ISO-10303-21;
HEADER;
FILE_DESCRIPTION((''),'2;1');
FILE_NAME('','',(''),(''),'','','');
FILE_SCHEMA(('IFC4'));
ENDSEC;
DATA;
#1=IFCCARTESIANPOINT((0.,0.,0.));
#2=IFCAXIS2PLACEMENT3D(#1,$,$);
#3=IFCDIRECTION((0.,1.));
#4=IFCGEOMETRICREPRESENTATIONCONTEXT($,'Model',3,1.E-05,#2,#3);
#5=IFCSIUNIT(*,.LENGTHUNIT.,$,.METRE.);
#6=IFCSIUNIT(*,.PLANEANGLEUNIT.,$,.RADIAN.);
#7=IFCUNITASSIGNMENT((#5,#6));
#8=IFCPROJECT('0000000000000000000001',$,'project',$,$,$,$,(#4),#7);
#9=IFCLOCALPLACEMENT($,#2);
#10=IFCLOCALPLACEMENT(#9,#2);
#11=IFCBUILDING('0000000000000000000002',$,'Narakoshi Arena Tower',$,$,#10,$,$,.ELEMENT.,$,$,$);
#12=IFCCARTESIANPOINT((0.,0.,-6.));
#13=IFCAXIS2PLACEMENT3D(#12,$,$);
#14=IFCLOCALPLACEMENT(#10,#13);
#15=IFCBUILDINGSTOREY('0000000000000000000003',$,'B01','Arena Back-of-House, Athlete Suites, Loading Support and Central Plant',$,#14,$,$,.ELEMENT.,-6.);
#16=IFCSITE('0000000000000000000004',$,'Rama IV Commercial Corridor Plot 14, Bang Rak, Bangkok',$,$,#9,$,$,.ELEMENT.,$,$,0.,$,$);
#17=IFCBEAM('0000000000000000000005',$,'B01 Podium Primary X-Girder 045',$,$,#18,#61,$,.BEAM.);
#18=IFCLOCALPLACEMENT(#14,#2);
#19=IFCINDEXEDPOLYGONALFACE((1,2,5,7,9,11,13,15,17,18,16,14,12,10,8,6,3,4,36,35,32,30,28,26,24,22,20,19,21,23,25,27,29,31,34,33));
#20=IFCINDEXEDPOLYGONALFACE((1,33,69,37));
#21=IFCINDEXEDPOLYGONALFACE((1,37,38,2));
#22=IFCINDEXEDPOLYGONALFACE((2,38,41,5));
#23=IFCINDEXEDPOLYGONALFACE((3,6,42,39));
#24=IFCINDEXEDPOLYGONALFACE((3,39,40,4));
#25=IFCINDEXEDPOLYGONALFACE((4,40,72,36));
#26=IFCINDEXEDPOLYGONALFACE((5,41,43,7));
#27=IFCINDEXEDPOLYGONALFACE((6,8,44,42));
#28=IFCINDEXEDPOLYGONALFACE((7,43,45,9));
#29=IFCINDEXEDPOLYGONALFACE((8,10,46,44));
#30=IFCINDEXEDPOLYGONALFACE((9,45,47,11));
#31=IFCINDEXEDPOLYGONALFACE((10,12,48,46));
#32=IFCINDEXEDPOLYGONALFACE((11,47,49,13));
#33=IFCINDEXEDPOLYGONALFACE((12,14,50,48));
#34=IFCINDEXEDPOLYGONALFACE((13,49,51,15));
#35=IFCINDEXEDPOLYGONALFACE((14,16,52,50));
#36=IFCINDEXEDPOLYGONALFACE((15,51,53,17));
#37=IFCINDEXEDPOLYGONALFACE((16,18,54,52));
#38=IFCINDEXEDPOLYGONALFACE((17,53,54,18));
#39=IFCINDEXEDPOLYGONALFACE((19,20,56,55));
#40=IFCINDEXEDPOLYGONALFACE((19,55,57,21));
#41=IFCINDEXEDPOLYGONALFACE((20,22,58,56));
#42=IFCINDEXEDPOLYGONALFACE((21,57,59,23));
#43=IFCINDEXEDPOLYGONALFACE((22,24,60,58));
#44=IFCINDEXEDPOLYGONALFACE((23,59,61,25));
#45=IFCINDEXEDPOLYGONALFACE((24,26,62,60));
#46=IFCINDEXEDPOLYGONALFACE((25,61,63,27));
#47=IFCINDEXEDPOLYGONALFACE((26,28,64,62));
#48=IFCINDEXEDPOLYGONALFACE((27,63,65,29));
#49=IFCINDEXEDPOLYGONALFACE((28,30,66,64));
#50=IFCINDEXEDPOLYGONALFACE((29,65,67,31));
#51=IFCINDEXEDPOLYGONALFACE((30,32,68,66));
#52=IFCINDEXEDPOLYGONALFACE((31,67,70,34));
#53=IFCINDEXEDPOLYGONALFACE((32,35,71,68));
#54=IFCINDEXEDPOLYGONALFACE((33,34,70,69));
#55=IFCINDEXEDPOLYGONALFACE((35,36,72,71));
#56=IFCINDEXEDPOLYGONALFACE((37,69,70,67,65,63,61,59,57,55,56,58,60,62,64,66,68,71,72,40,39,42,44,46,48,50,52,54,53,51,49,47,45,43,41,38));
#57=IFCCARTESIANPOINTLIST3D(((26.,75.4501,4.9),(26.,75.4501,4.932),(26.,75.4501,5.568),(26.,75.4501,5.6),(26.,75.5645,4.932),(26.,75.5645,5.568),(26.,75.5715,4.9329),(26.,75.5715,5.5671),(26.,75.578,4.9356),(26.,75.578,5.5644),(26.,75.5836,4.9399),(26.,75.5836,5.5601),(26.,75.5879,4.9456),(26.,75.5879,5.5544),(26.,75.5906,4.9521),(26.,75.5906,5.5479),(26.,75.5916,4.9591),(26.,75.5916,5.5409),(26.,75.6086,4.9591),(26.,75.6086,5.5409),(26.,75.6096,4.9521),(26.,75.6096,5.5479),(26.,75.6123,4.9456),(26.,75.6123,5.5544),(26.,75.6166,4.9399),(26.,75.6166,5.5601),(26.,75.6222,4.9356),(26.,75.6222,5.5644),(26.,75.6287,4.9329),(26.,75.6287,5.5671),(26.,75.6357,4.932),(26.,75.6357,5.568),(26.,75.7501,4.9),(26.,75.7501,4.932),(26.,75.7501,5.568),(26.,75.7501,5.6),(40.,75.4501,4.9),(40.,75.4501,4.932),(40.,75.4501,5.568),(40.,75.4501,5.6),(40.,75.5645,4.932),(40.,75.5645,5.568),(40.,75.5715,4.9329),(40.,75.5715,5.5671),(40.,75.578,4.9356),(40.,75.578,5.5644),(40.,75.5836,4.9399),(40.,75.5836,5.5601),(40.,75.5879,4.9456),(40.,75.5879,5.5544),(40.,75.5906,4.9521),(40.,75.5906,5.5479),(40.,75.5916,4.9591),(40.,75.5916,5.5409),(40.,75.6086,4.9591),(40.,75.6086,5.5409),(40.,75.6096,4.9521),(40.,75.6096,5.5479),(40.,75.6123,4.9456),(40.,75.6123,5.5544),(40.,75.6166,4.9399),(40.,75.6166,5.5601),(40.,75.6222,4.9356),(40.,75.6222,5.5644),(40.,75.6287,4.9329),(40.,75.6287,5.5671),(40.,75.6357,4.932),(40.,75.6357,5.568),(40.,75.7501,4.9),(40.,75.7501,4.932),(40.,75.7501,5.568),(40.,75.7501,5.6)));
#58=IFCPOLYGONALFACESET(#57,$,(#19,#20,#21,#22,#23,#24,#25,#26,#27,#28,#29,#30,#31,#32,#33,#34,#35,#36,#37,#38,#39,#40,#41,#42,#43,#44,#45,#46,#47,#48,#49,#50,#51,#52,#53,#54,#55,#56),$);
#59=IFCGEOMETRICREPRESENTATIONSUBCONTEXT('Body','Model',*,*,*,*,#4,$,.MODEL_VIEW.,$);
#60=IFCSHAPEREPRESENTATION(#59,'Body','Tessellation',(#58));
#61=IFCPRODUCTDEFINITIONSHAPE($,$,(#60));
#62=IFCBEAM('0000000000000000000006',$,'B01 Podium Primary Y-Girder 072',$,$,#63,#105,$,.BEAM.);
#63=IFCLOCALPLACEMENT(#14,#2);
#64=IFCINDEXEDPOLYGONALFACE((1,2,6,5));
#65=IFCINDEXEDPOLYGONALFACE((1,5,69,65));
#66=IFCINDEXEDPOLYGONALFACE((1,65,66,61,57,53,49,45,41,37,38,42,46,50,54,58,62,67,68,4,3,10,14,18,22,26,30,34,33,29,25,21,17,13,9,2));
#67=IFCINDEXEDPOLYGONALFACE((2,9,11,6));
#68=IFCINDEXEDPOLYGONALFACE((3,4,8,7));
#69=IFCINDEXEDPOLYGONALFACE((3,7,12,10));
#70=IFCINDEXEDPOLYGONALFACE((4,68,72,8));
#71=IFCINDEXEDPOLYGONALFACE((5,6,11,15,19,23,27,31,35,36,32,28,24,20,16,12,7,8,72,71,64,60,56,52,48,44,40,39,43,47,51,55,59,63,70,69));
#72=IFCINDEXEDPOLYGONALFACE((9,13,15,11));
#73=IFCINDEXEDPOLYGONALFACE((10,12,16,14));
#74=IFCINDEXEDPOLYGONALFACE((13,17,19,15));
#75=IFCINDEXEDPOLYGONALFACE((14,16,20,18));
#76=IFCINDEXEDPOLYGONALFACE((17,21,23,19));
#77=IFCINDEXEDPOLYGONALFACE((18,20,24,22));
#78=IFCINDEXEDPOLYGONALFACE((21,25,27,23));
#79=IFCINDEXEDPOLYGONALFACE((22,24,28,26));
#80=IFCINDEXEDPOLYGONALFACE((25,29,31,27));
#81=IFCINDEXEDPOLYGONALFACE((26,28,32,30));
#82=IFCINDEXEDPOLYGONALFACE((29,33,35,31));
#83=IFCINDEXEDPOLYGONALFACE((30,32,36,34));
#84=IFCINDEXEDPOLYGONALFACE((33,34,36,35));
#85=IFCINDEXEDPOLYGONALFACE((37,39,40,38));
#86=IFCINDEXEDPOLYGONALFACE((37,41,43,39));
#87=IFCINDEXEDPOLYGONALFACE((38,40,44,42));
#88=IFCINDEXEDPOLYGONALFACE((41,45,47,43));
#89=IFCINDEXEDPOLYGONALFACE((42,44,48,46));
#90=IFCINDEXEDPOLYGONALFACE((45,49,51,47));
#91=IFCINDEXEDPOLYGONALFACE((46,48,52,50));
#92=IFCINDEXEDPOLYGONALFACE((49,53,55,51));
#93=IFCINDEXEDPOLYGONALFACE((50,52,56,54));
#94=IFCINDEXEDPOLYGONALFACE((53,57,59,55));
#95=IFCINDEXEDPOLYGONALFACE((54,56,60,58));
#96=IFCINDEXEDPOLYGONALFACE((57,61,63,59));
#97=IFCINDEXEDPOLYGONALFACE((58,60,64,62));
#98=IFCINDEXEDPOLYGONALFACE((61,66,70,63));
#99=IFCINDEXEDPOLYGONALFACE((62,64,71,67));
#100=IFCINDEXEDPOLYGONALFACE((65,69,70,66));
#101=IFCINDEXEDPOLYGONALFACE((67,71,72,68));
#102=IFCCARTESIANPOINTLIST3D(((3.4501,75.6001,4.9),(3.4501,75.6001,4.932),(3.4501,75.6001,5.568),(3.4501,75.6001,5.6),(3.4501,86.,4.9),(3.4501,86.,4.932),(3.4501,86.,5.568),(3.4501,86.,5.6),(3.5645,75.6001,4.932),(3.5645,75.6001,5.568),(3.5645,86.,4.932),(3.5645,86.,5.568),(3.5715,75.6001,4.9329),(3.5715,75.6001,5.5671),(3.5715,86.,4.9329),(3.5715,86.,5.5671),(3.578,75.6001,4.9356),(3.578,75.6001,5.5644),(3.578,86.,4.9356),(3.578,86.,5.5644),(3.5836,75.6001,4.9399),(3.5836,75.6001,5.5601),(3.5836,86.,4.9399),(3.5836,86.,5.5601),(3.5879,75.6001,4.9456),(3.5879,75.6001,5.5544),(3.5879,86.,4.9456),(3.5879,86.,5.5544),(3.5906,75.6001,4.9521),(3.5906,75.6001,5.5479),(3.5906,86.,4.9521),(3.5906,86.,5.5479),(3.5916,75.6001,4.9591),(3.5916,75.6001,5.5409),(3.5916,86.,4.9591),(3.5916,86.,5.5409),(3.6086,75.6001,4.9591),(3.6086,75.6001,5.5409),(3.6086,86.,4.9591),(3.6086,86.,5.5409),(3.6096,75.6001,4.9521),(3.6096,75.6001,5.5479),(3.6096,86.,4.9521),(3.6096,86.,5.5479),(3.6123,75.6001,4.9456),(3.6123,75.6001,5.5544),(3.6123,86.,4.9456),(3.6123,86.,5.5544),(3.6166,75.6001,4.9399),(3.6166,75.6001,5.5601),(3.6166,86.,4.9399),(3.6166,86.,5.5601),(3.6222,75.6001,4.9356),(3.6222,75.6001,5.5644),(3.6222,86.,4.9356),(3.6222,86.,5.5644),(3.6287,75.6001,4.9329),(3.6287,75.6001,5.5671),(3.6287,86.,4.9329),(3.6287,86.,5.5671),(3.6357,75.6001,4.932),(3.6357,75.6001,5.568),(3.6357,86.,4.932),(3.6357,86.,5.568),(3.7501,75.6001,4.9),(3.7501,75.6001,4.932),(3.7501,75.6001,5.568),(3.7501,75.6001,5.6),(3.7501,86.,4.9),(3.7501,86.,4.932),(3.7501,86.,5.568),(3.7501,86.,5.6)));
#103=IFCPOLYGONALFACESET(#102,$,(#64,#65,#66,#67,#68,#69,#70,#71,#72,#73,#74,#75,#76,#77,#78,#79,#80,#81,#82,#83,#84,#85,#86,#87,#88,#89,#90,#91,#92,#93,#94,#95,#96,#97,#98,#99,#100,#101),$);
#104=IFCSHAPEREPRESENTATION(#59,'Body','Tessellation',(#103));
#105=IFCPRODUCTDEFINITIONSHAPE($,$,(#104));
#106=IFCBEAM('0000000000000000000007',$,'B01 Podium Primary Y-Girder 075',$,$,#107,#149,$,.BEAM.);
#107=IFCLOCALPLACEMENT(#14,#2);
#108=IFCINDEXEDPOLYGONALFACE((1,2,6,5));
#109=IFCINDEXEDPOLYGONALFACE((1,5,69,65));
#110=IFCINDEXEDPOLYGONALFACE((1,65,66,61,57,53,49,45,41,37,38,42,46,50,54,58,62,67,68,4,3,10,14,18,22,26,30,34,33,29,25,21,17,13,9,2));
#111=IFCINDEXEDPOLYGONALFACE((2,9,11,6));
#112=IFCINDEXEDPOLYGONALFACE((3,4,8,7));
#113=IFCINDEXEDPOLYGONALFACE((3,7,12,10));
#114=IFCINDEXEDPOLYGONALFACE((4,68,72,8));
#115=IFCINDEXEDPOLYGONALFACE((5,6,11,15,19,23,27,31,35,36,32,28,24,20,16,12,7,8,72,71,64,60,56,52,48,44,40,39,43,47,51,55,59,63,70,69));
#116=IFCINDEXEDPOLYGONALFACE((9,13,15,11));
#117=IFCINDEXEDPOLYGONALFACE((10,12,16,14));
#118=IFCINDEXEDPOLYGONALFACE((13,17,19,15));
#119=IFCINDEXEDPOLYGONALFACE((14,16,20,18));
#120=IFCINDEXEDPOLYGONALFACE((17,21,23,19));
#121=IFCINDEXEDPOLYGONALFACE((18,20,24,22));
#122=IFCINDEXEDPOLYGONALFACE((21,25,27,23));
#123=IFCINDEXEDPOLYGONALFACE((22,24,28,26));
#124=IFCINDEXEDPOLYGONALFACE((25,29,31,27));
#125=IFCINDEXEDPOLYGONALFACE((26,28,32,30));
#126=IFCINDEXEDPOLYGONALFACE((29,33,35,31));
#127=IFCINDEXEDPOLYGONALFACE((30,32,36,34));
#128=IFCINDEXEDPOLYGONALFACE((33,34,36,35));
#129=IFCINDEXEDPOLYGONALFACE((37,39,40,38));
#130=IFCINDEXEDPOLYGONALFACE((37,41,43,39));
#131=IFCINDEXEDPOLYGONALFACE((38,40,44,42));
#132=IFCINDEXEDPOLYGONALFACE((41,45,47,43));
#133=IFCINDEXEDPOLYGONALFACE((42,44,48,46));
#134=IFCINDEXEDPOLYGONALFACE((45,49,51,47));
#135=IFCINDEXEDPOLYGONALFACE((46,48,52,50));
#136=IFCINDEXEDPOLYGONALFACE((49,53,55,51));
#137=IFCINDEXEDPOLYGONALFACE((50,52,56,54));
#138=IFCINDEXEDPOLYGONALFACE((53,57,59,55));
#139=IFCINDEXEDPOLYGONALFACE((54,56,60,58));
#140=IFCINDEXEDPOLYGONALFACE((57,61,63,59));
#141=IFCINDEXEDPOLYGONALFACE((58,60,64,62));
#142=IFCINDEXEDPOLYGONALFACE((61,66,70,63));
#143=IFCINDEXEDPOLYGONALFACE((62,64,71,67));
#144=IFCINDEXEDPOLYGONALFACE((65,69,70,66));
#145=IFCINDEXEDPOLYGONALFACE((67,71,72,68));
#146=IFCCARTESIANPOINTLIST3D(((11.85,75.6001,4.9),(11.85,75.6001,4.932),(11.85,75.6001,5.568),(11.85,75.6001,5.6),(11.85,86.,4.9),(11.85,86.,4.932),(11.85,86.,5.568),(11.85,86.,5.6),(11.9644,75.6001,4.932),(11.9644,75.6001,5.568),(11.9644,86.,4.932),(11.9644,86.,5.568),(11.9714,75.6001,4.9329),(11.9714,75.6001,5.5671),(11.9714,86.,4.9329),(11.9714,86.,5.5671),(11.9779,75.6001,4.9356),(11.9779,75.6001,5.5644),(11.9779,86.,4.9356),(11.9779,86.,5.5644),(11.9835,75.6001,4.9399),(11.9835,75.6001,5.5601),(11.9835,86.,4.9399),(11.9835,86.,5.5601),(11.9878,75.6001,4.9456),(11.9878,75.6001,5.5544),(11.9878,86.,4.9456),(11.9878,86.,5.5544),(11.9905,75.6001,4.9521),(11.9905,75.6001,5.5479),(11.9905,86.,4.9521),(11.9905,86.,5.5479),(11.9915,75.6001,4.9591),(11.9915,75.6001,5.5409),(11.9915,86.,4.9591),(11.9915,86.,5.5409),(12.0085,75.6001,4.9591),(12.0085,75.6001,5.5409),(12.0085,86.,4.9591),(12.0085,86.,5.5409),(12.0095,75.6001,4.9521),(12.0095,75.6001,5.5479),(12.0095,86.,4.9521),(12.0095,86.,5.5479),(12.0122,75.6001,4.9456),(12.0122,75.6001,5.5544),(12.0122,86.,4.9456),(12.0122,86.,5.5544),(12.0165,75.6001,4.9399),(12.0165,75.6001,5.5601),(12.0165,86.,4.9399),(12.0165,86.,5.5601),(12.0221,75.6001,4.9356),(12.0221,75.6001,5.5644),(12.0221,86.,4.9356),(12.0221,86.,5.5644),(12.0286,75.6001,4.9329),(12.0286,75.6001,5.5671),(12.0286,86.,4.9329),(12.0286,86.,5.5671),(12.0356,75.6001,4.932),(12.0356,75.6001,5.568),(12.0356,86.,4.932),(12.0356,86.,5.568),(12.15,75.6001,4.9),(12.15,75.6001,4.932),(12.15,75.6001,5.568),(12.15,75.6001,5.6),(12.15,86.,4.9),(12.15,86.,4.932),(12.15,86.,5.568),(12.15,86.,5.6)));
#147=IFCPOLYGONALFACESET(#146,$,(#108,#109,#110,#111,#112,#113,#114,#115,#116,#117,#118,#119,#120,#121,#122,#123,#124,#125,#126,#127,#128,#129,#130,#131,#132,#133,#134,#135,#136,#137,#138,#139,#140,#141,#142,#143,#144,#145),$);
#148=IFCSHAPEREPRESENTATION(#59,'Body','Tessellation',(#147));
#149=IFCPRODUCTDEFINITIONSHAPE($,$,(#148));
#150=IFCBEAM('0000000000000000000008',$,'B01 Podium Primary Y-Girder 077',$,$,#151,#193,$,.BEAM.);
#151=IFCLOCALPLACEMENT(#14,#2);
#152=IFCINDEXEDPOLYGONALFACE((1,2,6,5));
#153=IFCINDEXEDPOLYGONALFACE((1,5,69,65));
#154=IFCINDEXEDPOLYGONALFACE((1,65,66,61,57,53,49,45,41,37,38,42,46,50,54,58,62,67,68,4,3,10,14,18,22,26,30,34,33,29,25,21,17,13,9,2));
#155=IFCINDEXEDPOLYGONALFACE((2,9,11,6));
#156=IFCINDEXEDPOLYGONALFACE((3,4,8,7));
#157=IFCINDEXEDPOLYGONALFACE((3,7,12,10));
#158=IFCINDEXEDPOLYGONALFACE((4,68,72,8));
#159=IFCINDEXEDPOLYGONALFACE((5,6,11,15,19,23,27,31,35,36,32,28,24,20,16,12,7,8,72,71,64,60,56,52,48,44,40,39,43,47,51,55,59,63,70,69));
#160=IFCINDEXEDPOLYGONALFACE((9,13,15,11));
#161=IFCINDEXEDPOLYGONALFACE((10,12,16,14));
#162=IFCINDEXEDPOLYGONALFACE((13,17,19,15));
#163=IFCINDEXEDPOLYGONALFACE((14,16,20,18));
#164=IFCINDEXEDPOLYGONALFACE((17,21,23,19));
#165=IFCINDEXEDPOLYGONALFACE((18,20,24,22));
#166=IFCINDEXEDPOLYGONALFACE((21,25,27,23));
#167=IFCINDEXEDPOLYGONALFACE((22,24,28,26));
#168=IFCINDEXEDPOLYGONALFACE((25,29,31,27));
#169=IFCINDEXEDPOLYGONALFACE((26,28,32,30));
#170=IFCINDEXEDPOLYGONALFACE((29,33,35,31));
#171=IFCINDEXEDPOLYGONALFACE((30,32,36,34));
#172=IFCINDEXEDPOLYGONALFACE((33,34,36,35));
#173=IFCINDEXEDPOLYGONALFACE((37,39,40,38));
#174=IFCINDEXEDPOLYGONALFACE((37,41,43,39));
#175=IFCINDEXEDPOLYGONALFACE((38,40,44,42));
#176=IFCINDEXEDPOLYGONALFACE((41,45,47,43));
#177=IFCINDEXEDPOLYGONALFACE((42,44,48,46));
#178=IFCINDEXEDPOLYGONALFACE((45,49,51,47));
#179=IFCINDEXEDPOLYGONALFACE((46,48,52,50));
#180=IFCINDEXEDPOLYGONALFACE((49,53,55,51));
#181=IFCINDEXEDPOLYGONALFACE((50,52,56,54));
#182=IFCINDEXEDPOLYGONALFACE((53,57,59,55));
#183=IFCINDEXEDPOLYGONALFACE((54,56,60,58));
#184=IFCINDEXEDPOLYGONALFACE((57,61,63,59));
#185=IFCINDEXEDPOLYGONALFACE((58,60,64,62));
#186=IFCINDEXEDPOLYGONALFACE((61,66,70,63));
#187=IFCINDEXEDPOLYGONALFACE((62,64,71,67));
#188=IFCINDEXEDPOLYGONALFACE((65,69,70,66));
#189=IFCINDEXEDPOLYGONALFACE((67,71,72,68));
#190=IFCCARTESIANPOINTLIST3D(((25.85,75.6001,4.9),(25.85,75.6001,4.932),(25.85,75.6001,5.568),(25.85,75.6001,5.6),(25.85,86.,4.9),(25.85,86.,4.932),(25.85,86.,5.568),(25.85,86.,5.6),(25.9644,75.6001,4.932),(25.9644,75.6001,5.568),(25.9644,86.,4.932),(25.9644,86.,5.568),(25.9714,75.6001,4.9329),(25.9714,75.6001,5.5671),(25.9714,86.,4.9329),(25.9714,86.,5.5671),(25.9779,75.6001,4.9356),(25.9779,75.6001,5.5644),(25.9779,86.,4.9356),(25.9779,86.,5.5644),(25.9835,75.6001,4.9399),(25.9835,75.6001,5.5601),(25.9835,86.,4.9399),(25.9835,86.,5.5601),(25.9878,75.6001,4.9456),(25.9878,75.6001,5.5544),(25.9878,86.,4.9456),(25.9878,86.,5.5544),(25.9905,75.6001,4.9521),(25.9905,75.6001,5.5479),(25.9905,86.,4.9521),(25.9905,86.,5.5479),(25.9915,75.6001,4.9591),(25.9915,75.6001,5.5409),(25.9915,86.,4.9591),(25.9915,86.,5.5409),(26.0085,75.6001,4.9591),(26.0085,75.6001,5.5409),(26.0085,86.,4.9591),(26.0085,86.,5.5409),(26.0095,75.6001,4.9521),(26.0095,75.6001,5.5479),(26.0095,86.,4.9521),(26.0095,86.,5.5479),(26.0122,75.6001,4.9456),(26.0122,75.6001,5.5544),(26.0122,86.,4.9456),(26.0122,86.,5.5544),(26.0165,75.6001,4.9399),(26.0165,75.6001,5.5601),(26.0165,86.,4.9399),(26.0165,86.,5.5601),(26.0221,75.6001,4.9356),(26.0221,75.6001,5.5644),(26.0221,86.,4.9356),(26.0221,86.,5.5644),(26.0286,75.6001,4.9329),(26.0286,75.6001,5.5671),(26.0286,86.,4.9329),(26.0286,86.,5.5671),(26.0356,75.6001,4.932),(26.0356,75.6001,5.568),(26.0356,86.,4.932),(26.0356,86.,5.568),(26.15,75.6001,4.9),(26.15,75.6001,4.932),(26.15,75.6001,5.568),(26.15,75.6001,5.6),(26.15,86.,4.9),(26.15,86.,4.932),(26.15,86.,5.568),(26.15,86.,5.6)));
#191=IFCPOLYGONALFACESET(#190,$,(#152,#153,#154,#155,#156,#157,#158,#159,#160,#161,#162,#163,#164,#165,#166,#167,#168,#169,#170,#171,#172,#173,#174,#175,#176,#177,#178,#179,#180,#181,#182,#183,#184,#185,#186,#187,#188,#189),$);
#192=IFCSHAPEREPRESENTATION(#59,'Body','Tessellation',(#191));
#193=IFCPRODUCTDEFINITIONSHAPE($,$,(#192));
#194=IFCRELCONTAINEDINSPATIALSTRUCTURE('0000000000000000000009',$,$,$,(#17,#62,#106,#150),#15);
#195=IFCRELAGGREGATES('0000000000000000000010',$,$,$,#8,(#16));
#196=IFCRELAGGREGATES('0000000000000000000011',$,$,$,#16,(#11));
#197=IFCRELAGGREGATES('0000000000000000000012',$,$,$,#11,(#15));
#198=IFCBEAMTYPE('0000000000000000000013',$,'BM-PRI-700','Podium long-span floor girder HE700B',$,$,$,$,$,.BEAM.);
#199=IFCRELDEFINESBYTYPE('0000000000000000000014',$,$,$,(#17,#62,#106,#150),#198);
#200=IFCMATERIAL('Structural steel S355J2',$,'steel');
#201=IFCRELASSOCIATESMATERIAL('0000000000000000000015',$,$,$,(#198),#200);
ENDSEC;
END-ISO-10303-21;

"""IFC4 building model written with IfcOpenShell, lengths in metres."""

from ifc_helpers import new_model, si_unit, direction, frame, origin, origin_2d, place, context, subcontext, project, spatial, i_section, extrude, material, material_profile, profile_set, type_object, element, save


model = new_model("IFC4")

# Units and contexts
model_context = context("Model", 3, precision=1e-05, world=origin(), true_north=direction((0.0, 1.0)))
body_context = subcontext(model_context, "Body", "Model", "MODEL_VIEW")
ifc_project = project(units=[si_unit("LENGTHUNIT", "METRE"), si_unit("PLANEANGLEUNIT", "RADIAN")], contexts=[model_context])

# Site, building, storey
site_placement = place(None, origin())
site = spatial("IfcSite", under=ifc_project, at=site_placement, Name="Rama IV Commercial Corridor Plot 14, Bang Rak, Bangkok", CompositionType="ELEMENT", RefElevation=0.0)
building_placement = place(site_placement, origin())
building = spatial("IfcBuilding", under=site, at=building_placement, Name="Narakoshi Arena Tower", CompositionType="ELEMENT")
storey_placement = place(building_placement, frame((0.0, 0.0, -6.0)))
storey = spatial("IfcBuildingStorey", under=building, at=storey_placement, Name="B01", Description="Arena Back-of-House, Athlete Suites, Loading Support and Central Plant", CompositionType="ELEMENT", Elevation=-6.0)

# Shared definitions
ifc_material_1 = material(Name="Structural steel S355J2", Category="steel")

# Beams
ifc_material_profile_1 = material_profile(ifc_material_1, i_section(OverallWidth=0.3, OverallDepth=0.7, WebThickness=0.0171, FlangeThickness=0.032, FilletRadius=0.0271, at=origin_2d()), Name="HE700B")
ifc_profile_set_1 = profile_set([ifc_material_profile_1], Name="Structural steel S355J2")
beam_type_1 = type_object("IfcBeamType", Name="BM-PRI-700", Description="Podium long-span floor girder HE700B", PredefinedType="BEAM", material=ifc_profile_set_1)
for number, where, z_axis, x_axis, name in (
    (1, (26.0, 75.6001, 5.25), (1.0, 0.0, 0.0), (0.0, 1.0, 0.0), "B01 Podium Primary X-Girder 045"),
):
    element("IfcBeam", number, at=place(storey_placement, frame(where, z_axis=z_axis, x_axis=x_axis)), inside=storey, type_object=beam_type_1, Name=name, PredefinedType="BEAM", context=body_context, shape_type="SweptSolid", body=[
        extrude(i_section(OverallWidth=0.3, OverallDepth=0.7, WebThickness=0.0171, FlangeThickness=0.032, FilletRadius=0.0271, at=origin_2d()), origin(), (0.0, 0.0, 1.0), 14.0),
    ])
for number, where, z_axis, x_axis, name in (
    (2, (3.6001, 75.6001, 5.25), (0.0, 1.0, 0.0), (-1.0, 0.0, 0.0), "B01 Podium Primary Y-Girder 072"),
    (3, (12.0, 75.6001, 5.25), (0.0, 1.0, 0.0), (-1.0, 0.0, 0.0), "B01 Podium Primary Y-Girder 075"),
    (4, (26.0, 75.6001, 5.25), (0.0, 1.0, 0.0), (-1.0, 0.0, 0.0), "B01 Podium Primary Y-Girder 077"),
):
    element("IfcBeam", number, at=place(storey_placement, frame(where, z_axis=z_axis, x_axis=x_axis)), inside=storey, type_object=beam_type_1, Name=name, PredefinedType="BEAM", context=body_context, shape_type="SweptSolid", body=[
        extrude(i_section(OverallWidth=0.3, OverallDepth=0.7, WebThickness=0.0171, FlangeThickness=0.032, FilletRadius=0.0271, at=origin_2d()), origin(), (0.0, 0.0, 1.0), 10.3999),
    ])

save(model, "model.ifc")
